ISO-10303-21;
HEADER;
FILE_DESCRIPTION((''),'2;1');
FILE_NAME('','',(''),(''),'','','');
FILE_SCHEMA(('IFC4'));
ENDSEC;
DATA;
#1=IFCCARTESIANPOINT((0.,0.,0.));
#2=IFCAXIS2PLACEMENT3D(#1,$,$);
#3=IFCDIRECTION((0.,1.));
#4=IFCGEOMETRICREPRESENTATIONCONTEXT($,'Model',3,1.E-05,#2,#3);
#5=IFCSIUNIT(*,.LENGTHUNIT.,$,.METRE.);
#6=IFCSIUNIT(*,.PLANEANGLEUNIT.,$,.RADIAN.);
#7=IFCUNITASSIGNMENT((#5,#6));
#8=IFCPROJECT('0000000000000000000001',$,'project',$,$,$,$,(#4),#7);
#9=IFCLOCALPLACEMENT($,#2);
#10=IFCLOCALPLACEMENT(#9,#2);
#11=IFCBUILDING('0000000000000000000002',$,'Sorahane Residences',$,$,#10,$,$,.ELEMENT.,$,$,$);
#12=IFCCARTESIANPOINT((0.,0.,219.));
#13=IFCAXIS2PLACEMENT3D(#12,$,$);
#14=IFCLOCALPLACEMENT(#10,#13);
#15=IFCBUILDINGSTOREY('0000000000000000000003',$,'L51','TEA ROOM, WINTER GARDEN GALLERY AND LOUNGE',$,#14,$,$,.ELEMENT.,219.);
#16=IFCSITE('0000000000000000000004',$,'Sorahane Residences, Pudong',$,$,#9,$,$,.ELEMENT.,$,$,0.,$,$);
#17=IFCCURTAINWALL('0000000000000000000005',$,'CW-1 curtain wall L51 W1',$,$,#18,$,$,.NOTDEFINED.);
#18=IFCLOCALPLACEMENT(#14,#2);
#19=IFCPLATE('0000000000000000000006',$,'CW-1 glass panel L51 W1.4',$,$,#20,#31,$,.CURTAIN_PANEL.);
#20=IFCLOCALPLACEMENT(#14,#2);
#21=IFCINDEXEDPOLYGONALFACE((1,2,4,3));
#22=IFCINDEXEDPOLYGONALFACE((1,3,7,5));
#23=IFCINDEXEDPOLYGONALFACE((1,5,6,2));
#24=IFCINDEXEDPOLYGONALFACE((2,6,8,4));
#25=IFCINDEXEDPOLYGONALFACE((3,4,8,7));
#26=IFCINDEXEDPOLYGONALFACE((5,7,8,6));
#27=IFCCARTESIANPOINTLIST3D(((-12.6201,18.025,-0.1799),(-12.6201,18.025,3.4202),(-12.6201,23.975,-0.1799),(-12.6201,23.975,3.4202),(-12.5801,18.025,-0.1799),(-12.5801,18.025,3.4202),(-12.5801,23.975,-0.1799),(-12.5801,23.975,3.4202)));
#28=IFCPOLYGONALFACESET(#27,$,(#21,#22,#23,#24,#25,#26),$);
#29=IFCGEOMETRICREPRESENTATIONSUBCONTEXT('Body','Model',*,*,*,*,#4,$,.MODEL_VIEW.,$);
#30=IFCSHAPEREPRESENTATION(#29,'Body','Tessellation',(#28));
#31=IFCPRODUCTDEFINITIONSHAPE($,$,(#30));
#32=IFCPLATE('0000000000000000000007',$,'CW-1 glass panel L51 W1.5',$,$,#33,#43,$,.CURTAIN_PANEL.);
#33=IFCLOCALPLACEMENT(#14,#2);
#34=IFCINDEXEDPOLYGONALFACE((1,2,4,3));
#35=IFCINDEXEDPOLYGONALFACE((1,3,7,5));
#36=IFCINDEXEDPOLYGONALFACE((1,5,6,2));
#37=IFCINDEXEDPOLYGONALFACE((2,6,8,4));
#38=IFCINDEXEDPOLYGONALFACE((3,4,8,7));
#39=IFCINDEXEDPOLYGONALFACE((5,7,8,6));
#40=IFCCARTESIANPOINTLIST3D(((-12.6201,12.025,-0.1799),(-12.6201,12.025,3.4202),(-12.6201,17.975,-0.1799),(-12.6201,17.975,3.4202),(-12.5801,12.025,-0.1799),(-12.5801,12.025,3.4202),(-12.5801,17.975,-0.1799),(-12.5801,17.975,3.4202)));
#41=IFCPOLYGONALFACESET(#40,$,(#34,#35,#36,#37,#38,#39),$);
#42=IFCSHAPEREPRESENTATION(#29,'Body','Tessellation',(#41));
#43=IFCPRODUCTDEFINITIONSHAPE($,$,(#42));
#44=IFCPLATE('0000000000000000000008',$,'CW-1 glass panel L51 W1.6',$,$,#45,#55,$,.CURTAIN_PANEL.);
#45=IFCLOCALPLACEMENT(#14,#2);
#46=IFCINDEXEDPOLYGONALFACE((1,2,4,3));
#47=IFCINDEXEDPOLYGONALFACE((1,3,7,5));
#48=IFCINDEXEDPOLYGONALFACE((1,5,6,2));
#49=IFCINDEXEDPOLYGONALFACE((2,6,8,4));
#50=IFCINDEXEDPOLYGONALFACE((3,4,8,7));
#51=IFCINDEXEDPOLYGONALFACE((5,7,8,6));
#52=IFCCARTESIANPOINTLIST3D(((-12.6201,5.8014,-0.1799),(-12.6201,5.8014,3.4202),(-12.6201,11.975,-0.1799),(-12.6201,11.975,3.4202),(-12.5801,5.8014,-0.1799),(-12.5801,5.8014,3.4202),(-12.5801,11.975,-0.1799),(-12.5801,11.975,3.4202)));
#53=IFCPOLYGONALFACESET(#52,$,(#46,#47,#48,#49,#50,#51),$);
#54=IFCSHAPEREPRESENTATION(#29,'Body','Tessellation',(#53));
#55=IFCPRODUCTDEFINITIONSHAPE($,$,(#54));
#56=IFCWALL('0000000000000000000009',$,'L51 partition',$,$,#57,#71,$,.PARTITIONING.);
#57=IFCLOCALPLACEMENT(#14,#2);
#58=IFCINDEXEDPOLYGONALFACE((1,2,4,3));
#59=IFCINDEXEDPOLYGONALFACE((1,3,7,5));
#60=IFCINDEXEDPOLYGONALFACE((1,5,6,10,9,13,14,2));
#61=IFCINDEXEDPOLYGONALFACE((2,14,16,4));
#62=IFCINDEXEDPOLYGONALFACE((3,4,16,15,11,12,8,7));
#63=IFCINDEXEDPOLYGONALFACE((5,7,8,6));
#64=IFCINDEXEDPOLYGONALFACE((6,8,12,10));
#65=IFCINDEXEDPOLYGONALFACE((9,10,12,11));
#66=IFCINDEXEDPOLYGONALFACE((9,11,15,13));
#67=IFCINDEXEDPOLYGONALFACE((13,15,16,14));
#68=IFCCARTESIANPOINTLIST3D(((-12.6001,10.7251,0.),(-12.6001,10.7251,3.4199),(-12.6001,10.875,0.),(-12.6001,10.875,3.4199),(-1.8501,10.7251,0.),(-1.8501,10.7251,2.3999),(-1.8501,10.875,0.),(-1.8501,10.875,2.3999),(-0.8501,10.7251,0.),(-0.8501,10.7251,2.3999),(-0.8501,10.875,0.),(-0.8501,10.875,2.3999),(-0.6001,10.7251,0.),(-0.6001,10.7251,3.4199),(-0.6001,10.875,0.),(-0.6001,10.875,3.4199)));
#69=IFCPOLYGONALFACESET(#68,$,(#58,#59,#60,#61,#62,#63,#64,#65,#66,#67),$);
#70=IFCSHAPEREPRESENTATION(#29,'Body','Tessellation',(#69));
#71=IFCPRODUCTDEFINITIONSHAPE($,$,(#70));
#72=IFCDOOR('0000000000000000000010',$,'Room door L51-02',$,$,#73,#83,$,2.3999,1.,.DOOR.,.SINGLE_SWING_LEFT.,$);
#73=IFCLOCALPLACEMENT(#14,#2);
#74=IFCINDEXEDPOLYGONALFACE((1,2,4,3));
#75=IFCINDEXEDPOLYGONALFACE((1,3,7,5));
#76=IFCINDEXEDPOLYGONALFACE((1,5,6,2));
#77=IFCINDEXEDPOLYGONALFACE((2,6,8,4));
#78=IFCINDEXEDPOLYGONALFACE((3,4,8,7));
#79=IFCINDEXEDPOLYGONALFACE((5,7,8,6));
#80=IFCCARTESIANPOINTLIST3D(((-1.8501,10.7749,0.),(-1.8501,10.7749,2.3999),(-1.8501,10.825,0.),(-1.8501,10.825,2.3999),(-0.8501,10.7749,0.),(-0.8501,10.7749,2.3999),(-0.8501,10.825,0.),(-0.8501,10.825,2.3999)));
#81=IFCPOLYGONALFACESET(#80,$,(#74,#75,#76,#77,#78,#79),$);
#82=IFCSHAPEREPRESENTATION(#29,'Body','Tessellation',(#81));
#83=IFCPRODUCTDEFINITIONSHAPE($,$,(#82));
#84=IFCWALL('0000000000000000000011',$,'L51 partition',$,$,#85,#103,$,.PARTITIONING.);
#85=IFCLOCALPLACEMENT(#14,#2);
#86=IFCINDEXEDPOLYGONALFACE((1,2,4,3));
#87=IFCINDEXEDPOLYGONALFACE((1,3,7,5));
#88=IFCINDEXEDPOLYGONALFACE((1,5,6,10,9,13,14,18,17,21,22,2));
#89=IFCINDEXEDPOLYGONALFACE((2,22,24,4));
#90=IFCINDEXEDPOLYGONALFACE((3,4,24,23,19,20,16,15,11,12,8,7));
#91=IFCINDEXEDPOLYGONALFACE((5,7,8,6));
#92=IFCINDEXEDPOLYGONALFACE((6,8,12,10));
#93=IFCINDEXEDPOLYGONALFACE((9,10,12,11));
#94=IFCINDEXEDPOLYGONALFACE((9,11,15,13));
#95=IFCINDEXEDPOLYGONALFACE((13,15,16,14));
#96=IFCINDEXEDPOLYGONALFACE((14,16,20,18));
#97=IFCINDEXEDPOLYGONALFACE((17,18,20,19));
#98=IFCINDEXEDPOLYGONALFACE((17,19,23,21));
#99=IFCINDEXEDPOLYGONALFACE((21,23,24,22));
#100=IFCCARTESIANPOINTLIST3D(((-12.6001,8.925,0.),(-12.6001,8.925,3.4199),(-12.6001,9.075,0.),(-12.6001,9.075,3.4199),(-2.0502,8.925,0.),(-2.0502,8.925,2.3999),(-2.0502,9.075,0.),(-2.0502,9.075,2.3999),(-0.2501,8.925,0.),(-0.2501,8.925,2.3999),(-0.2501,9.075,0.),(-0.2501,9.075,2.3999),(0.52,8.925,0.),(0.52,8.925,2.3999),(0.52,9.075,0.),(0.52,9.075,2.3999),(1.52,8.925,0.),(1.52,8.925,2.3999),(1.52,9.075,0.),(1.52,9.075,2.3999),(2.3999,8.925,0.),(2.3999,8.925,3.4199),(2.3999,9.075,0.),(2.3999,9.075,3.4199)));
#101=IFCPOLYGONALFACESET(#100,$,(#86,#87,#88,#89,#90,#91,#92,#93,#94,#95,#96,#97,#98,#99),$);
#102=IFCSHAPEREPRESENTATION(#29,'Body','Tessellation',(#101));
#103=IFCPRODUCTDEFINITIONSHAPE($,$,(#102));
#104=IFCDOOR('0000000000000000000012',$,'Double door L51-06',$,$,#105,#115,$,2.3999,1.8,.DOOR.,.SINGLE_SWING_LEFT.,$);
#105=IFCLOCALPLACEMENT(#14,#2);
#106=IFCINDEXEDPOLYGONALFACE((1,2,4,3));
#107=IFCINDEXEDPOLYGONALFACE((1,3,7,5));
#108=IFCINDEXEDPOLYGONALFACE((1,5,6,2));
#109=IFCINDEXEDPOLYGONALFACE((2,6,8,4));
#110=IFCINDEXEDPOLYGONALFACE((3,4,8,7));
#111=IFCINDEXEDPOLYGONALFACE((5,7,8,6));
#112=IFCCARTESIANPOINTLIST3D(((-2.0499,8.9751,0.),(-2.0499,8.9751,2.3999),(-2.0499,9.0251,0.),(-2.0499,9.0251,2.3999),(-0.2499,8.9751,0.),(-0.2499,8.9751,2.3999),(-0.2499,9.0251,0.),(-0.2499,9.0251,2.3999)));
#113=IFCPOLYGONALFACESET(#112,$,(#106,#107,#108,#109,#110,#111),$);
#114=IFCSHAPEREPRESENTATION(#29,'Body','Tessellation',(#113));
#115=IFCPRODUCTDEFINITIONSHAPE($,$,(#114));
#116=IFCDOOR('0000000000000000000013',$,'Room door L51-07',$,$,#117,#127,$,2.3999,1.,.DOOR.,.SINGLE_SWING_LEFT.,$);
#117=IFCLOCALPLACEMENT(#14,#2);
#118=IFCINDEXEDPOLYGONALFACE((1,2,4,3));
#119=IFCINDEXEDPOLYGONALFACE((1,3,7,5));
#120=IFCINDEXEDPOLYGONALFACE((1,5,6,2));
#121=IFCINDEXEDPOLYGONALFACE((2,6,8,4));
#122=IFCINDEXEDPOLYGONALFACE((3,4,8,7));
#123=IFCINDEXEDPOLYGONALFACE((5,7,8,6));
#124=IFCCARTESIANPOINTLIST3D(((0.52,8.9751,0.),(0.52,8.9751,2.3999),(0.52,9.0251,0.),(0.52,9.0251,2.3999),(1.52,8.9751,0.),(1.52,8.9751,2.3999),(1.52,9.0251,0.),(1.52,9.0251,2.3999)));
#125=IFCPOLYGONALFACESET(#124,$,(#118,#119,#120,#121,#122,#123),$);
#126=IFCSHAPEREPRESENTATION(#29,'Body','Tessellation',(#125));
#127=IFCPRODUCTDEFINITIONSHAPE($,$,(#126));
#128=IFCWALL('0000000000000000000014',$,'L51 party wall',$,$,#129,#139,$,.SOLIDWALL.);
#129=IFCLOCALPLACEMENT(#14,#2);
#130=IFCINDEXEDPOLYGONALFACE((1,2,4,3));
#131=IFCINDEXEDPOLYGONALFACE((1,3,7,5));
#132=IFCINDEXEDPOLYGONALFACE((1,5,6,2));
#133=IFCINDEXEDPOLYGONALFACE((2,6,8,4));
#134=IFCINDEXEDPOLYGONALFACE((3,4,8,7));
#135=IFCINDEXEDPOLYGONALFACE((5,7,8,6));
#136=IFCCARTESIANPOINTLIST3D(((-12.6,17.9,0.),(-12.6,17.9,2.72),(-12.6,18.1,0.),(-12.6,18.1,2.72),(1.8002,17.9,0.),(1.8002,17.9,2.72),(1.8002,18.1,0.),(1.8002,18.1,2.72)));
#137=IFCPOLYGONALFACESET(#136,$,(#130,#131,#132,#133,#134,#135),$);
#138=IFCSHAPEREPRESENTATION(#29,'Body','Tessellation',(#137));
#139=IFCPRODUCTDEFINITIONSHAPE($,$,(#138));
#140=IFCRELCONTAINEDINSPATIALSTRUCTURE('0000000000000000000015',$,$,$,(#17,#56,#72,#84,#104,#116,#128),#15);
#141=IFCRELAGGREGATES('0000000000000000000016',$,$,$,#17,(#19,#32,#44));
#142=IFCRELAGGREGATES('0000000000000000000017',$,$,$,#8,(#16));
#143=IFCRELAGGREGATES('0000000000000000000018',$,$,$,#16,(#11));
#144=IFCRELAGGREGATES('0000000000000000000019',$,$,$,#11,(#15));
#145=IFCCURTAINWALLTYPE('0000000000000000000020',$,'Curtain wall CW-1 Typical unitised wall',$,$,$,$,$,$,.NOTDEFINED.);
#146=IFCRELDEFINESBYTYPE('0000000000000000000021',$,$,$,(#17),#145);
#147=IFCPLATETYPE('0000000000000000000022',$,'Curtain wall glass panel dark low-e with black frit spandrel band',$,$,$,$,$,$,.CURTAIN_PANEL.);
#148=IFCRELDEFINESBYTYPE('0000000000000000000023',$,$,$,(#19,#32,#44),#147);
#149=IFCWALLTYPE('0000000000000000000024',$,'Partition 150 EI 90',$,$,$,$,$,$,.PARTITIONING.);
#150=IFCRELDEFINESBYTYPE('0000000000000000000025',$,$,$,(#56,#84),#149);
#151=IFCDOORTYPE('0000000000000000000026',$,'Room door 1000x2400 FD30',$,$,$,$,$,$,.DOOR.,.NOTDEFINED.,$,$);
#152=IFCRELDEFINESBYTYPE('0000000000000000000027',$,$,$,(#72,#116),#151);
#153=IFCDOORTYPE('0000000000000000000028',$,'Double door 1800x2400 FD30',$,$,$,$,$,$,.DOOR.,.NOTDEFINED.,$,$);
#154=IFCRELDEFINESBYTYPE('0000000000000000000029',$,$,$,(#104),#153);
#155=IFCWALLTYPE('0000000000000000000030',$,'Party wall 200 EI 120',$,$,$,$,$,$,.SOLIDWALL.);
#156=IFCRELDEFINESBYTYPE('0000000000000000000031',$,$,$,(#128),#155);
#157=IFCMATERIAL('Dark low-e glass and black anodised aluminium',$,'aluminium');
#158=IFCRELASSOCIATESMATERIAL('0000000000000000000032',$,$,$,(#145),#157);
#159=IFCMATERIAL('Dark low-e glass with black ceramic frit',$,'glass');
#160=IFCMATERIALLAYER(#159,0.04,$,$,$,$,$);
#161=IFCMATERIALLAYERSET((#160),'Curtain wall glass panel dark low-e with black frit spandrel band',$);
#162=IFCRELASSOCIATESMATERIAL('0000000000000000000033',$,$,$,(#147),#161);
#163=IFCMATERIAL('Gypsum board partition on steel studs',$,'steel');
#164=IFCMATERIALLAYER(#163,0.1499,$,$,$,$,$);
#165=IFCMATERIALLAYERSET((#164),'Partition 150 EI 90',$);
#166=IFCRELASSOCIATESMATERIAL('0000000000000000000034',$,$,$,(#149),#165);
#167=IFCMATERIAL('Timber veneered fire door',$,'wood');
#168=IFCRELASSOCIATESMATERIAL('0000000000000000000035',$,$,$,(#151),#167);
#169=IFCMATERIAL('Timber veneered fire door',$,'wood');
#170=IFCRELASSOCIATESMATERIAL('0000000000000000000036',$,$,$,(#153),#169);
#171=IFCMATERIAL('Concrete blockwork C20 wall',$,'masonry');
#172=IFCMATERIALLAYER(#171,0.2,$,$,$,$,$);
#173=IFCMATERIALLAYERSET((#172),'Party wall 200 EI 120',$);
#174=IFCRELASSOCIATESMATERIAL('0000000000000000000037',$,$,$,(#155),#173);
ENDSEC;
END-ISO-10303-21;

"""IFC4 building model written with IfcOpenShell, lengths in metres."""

from ifc_helpers import new_model, si_unit, direction, frame, frame_2d, origin, origin_2d, place, context, subcontext, project, spatial, rectangle, extrude, material, layer, layer_set, type_object, element, fill, aggregate, save


model = new_model("IFC4")

# Units and contexts
model_context = context("Model", 3, precision=1e-05, world=origin(), true_north=direction((0.0, 1.0)))
body_context = subcontext(model_context, "Body", "Model", "MODEL_VIEW")
ifc_project = project(units=[si_unit("LENGTHUNIT", "METRE"), si_unit("PLANEANGLEUNIT", "RADIAN")], contexts=[model_context])

# Site, building, storey
site_placement = place(None, origin())
site = spatial("IfcSite", under=ifc_project, at=site_placement, Name="Sorahane Residences, Pudong", CompositionType="ELEMENT", RefElevation=0.0)
building_placement = place(site_placement, origin())
building = spatial("IfcBuilding", under=site, at=building_placement, Name="Sorahane Residences", CompositionType="ELEMENT")
storey_placement = place(building_placement, frame((0.0, 0.0, 219.0)))
storey = spatial("IfcBuildingStorey", under=building, at=storey_placement, Name="L51", Description="TEA ROOM, WINTER GARDEN GALLERY AND LOUNGE", CompositionType="ELEMENT", Elevation=219.0)

# Curtain wall
ifc_material_1 = material(Name="Dark low-e glass and black anodised aluminium", Category="aluminium")
curtain_wall_type = type_object("IfcCurtainWallType", Name="Curtain wall CW-1 Typical unitised wall", PredefinedType="NOTDEFINED", material=ifc_material_1)
curtain_wall_placement = place(storey_placement, origin())
curtain_wall = element("IfcCurtainWall", 1, at=curtain_wall_placement, inside=storey, type_object=curtain_wall_type, Name="CW-1 curtain wall L51 W1", PredefinedType="NOTDEFINED")

# Plates
ifc_material_2 = material(Name="Dark low-e glass with black ceramic frit", Category="glass")
ifc_layer_1 = layer(ifc_material_2, 0.04)
ifc_layer_set_1 = layer_set([ifc_layer_1], Name="Curtain wall glass panel dark low-e with black frit spandrel band")
plate_type = type_object("IfcPlateType", Name="Curtain wall glass panel dark low-e with black frit spandrel band", PredefinedType="CURTAIN_PANEL", material=ifc_layer_set_1)
plate_1_placement = place(storey_placement, frame((-12.6001, 21.0, -0.1799), z_axis=(0.0, 0.0, 1.0), x_axis=(0.0, -1.0, 0.0)))
plate_1 = element("IfcPlate", 2, at=plate_1_placement, type_object=plate_type, Name="CW-1 glass panel L51 W1.4", PredefinedType="CURTAIN_PANEL", context=body_context, shape_type="SweptSolid", body=[
    extrude(rectangle(XDim=5.95, YDim=0.04, at=origin_2d()), origin(), (0.0, 0.0, 1.0), 3.6001),
])
plate_2_placement = place(storey_placement, frame((-12.6001, 15.0, -0.1799), z_axis=(0.0, 0.0, 1.0), x_axis=(0.0, -1.0, 0.0)))
plate_2 = element("IfcPlate", 3, at=plate_2_placement, type_object=plate_type, Name="CW-1 glass panel L51 W1.5", PredefinedType="CURTAIN_PANEL", context=body_context, shape_type="SweptSolid", body=[
    extrude(rectangle(XDim=5.95, YDim=0.04, at=origin_2d()), origin(), (0.0, 0.0, 1.0), 3.6001),
])
plate_3_placement = place(storey_placement, frame((-12.6001, 8.8882, -0.1799), z_axis=(0.0, 0.0, 1.0), x_axis=(0.0, -1.0, 0.0)))
plate_3 = element("IfcPlate", 4, at=plate_3_placement, type_object=plate_type, Name="CW-1 glass panel L51 W1.6", PredefinedType="CURTAIN_PANEL", context=body_context, shape_type="SweptSolid", body=[
    extrude(rectangle(XDim=6.1736, YDim=0.04, at=origin_2d()), origin(), (0.0, 0.0, 1.0), 3.6001),
])
aggregate(curtain_wall, [plate_1, plate_2, plate_3])

# Wall, opening, door
ifc_material_3 = material(Name="Gypsum board partition on steel studs", Category="steel")
ifc_layer_2 = layer(ifc_material_3, 0.1499)
ifc_layer_set_2 = layer_set([ifc_layer_2], Name="Partition 150 EI 90")
wall_type_1 = type_object("IfcWallType", Name="Partition 150 EI 90", PredefinedType="PARTITIONING", material=ifc_layer_set_2)
wall_1_placement = place(storey_placement, frame((-12.6001, 10.8, 0.0), z_axis=(0.0, 0.0, 1.0), x_axis=(1.0, 0.0, 0.0)))
wall_1 = element("IfcWall", 5, at=wall_1_placement, inside=storey, type_object=wall_type_1, Name="L51 partition", PredefinedType="PARTITIONING", context=body_context, shape_type="SweptSolid", body=[
    extrude(rectangle(XDim=12.0, YDim=0.1499, at=frame_2d((6.0, 0.0))), origin(), (0.0, 0.0, 1.0), 3.4199),
])
opening_1_placement = place(wall_1_placement, frame((10.75, 0.0, 0.0)))
opening_1 = element("IfcOpeningElement", 6, at=opening_1_placement, cuts=wall_1, PredefinedType="OPENING", context=body_context, shape_type="SweptSolid", body=[
    extrude(rectangle(XDim=1.0, YDim=2.3999, at=frame_2d((0.5, 1.2))), frame((0.0, 0.085, 0.0), z_axis=(0.0, -1.0, 0.0), x_axis=(1.0, 0.0, 0.0)), (0.0, 0.0, 1.0), 0.1699),
])
ifc_material_4 = material(Name="Timber veneered fire door", Category="wood")
door_type_1 = type_object("IfcDoorType", Name="Room door 1000x2400 FD30", OperationType="NOTDEFINED", PredefinedType="DOOR", material=ifc_material_4)
door_1_placement = place(opening_1_placement, origin())
door_1 = element("IfcDoor", 7, at=door_1_placement, inside=storey, type_object=door_type_1, Name="Room door L51-02", OperationType="SINGLE_SWING_LEFT", OverallHeight=2.3999, OverallWidth=1.0, PredefinedType="DOOR", context=body_context, shape_type="SweptSolid", body=[
    extrude(rectangle(XDim=1.0, YDim=2.3999, at=frame_2d((0.5, 1.2))), frame((0.0, 0.0249, 0.0), z_axis=(0.0, -1.0, 0.0), x_axis=(1.0, 0.0, 0.0)), (0.0, 0.0, 1.0), 0.05),
])
fill(opening_1, door_1)

# Wall, openings, doors
wall_2_placement = place(storey_placement, frame((-12.6001, 9.0, 0.0), z_axis=(0.0, 0.0, 1.0), x_axis=(1.0, 0.0, 0.0)))
wall_2 = element("IfcWall", 8, at=wall_2_placement, inside=storey, type_object=wall_type_1, Name="L51 partition", PredefinedType="PARTITIONING", context=body_context, shape_type="SweptSolid", body=[
    extrude(rectangle(XDim=15.0, YDim=0.1499, at=frame_2d((7.5, 0.0))), origin(), (0.0, 0.0, 1.0), 3.4199),
])
opening_2_placement = place(wall_2_placement, frame((10.55, 0.0, 0.0)))
opening_2 = element("IfcOpeningElement", 9, at=opening_2_placement, cuts=wall_2, PredefinedType="OPENING", context=body_context, shape_type="SweptSolid", body=[
    extrude(rectangle(XDim=1.8, YDim=2.3999, at=frame_2d((0.8999, 1.2))), frame((0.0, 0.085, 0.0), z_axis=(0.0, -1.0, 0.0), x_axis=(1.0, 0.0, 0.0)), (0.0, 0.0, 1.0), 0.1699),
])
opening_3_placement = place(wall_2_placement, frame((13.1201, 0.0, 0.0)))
opening_3 = element("IfcOpeningElement", 10, at=opening_3_placement, cuts=wall_2, PredefinedType="OPENING", context=body_context, shape_type="SweptSolid", body=[
    extrude(rectangle(XDim=1.0, YDim=2.3999, at=frame_2d((0.5, 1.2))), frame((0.0, 0.085, 0.0), z_axis=(0.0, -1.0, 0.0), x_axis=(1.0, 0.0, 0.0)), (0.0, 0.0, 1.0), 0.1699),
])
ifc_material_5 = material(Name="Timber veneered fire door", Category="wood")
door_type_2 = type_object("IfcDoorType", Name="Double door 1800x2400 FD30", OperationType="NOTDEFINED", PredefinedType="DOOR", material=ifc_material_5)
door_2_placement = place(opening_2_placement, frame((1.8, 0.0, 0.0), z_axis=(0.0, 0.0, 1.0), x_axis=(-1.0, 0.0, 0.0)))
door_2 = element("IfcDoor", 11, at=door_2_placement, inside=storey, type_object=door_type_2, Name="Double door L51-06", OperationType="SINGLE_SWING_LEFT", OverallHeight=2.3999, OverallWidth=1.8, PredefinedType="DOOR", context=body_context, shape_type="SweptSolid", body=[
    extrude(rectangle(XDim=1.8, YDim=2.3999, at=frame_2d((0.8999, 1.2))), frame((0.0, 0.0249, 0.0), z_axis=(0.0, -1.0, 0.0), x_axis=(1.0, 0.0, 0.0)), (0.0, 0.0, 1.0), 0.05),
])
fill(opening_2, door_2)
door_3_placement = place(opening_3_placement, frame((1.0, 0.0, 0.0), z_axis=(0.0, 0.0, 1.0), x_axis=(-1.0, 0.0, 0.0)))
door_3 = element("IfcDoor", 12, at=door_3_placement, inside=storey, type_object=door_type_1, Name="Room door L51-07", OperationType="SINGLE_SWING_LEFT", OverallHeight=2.3999, OverallWidth=1.0, PredefinedType="DOOR", context=body_context, shape_type="SweptSolid", body=[
    extrude(rectangle(XDim=1.0, YDim=2.3999, at=frame_2d((0.5, 1.2))), frame((0.0, 0.0249, 0.0), z_axis=(0.0, -1.0, 0.0), x_axis=(1.0, 0.0, 0.0)), (0.0, 0.0, 1.0), 0.05),
])
fill(opening_3, door_3)

# Wall
ifc_material_6 = material(Name="Concrete blockwork C20 wall", Category="masonry")
ifc_layer_3 = layer(ifc_material_6, 0.2)
ifc_layer_set_3 = layer_set([ifc_layer_3], Name="Party wall 200 EI 120")
wall_type_2 = type_object("IfcWallType", Name="Party wall 200 EI 120", PredefinedType="SOLIDWALL", material=ifc_layer_set_3)
wall_3_placement = place(storey_placement, frame((-12.6001, 18.0, 0.0), z_axis=(0.0, 0.0, 1.0), x_axis=(1.0, 0.0, 0.0)))
element("IfcWall", 13, at=wall_3_placement, inside=storey, type_object=wall_type_2, Name="L51 party wall", PredefinedType="SOLIDWALL", context=body_context, shape_type="SweptSolid", body=[
    extrude(rectangle(XDim=14.4001, YDim=0.2, at=frame_2d((7.2002, 0.0))), origin(), (0.0, 0.0, 1.0), 2.72),
])

save(model, "model.ifc")
